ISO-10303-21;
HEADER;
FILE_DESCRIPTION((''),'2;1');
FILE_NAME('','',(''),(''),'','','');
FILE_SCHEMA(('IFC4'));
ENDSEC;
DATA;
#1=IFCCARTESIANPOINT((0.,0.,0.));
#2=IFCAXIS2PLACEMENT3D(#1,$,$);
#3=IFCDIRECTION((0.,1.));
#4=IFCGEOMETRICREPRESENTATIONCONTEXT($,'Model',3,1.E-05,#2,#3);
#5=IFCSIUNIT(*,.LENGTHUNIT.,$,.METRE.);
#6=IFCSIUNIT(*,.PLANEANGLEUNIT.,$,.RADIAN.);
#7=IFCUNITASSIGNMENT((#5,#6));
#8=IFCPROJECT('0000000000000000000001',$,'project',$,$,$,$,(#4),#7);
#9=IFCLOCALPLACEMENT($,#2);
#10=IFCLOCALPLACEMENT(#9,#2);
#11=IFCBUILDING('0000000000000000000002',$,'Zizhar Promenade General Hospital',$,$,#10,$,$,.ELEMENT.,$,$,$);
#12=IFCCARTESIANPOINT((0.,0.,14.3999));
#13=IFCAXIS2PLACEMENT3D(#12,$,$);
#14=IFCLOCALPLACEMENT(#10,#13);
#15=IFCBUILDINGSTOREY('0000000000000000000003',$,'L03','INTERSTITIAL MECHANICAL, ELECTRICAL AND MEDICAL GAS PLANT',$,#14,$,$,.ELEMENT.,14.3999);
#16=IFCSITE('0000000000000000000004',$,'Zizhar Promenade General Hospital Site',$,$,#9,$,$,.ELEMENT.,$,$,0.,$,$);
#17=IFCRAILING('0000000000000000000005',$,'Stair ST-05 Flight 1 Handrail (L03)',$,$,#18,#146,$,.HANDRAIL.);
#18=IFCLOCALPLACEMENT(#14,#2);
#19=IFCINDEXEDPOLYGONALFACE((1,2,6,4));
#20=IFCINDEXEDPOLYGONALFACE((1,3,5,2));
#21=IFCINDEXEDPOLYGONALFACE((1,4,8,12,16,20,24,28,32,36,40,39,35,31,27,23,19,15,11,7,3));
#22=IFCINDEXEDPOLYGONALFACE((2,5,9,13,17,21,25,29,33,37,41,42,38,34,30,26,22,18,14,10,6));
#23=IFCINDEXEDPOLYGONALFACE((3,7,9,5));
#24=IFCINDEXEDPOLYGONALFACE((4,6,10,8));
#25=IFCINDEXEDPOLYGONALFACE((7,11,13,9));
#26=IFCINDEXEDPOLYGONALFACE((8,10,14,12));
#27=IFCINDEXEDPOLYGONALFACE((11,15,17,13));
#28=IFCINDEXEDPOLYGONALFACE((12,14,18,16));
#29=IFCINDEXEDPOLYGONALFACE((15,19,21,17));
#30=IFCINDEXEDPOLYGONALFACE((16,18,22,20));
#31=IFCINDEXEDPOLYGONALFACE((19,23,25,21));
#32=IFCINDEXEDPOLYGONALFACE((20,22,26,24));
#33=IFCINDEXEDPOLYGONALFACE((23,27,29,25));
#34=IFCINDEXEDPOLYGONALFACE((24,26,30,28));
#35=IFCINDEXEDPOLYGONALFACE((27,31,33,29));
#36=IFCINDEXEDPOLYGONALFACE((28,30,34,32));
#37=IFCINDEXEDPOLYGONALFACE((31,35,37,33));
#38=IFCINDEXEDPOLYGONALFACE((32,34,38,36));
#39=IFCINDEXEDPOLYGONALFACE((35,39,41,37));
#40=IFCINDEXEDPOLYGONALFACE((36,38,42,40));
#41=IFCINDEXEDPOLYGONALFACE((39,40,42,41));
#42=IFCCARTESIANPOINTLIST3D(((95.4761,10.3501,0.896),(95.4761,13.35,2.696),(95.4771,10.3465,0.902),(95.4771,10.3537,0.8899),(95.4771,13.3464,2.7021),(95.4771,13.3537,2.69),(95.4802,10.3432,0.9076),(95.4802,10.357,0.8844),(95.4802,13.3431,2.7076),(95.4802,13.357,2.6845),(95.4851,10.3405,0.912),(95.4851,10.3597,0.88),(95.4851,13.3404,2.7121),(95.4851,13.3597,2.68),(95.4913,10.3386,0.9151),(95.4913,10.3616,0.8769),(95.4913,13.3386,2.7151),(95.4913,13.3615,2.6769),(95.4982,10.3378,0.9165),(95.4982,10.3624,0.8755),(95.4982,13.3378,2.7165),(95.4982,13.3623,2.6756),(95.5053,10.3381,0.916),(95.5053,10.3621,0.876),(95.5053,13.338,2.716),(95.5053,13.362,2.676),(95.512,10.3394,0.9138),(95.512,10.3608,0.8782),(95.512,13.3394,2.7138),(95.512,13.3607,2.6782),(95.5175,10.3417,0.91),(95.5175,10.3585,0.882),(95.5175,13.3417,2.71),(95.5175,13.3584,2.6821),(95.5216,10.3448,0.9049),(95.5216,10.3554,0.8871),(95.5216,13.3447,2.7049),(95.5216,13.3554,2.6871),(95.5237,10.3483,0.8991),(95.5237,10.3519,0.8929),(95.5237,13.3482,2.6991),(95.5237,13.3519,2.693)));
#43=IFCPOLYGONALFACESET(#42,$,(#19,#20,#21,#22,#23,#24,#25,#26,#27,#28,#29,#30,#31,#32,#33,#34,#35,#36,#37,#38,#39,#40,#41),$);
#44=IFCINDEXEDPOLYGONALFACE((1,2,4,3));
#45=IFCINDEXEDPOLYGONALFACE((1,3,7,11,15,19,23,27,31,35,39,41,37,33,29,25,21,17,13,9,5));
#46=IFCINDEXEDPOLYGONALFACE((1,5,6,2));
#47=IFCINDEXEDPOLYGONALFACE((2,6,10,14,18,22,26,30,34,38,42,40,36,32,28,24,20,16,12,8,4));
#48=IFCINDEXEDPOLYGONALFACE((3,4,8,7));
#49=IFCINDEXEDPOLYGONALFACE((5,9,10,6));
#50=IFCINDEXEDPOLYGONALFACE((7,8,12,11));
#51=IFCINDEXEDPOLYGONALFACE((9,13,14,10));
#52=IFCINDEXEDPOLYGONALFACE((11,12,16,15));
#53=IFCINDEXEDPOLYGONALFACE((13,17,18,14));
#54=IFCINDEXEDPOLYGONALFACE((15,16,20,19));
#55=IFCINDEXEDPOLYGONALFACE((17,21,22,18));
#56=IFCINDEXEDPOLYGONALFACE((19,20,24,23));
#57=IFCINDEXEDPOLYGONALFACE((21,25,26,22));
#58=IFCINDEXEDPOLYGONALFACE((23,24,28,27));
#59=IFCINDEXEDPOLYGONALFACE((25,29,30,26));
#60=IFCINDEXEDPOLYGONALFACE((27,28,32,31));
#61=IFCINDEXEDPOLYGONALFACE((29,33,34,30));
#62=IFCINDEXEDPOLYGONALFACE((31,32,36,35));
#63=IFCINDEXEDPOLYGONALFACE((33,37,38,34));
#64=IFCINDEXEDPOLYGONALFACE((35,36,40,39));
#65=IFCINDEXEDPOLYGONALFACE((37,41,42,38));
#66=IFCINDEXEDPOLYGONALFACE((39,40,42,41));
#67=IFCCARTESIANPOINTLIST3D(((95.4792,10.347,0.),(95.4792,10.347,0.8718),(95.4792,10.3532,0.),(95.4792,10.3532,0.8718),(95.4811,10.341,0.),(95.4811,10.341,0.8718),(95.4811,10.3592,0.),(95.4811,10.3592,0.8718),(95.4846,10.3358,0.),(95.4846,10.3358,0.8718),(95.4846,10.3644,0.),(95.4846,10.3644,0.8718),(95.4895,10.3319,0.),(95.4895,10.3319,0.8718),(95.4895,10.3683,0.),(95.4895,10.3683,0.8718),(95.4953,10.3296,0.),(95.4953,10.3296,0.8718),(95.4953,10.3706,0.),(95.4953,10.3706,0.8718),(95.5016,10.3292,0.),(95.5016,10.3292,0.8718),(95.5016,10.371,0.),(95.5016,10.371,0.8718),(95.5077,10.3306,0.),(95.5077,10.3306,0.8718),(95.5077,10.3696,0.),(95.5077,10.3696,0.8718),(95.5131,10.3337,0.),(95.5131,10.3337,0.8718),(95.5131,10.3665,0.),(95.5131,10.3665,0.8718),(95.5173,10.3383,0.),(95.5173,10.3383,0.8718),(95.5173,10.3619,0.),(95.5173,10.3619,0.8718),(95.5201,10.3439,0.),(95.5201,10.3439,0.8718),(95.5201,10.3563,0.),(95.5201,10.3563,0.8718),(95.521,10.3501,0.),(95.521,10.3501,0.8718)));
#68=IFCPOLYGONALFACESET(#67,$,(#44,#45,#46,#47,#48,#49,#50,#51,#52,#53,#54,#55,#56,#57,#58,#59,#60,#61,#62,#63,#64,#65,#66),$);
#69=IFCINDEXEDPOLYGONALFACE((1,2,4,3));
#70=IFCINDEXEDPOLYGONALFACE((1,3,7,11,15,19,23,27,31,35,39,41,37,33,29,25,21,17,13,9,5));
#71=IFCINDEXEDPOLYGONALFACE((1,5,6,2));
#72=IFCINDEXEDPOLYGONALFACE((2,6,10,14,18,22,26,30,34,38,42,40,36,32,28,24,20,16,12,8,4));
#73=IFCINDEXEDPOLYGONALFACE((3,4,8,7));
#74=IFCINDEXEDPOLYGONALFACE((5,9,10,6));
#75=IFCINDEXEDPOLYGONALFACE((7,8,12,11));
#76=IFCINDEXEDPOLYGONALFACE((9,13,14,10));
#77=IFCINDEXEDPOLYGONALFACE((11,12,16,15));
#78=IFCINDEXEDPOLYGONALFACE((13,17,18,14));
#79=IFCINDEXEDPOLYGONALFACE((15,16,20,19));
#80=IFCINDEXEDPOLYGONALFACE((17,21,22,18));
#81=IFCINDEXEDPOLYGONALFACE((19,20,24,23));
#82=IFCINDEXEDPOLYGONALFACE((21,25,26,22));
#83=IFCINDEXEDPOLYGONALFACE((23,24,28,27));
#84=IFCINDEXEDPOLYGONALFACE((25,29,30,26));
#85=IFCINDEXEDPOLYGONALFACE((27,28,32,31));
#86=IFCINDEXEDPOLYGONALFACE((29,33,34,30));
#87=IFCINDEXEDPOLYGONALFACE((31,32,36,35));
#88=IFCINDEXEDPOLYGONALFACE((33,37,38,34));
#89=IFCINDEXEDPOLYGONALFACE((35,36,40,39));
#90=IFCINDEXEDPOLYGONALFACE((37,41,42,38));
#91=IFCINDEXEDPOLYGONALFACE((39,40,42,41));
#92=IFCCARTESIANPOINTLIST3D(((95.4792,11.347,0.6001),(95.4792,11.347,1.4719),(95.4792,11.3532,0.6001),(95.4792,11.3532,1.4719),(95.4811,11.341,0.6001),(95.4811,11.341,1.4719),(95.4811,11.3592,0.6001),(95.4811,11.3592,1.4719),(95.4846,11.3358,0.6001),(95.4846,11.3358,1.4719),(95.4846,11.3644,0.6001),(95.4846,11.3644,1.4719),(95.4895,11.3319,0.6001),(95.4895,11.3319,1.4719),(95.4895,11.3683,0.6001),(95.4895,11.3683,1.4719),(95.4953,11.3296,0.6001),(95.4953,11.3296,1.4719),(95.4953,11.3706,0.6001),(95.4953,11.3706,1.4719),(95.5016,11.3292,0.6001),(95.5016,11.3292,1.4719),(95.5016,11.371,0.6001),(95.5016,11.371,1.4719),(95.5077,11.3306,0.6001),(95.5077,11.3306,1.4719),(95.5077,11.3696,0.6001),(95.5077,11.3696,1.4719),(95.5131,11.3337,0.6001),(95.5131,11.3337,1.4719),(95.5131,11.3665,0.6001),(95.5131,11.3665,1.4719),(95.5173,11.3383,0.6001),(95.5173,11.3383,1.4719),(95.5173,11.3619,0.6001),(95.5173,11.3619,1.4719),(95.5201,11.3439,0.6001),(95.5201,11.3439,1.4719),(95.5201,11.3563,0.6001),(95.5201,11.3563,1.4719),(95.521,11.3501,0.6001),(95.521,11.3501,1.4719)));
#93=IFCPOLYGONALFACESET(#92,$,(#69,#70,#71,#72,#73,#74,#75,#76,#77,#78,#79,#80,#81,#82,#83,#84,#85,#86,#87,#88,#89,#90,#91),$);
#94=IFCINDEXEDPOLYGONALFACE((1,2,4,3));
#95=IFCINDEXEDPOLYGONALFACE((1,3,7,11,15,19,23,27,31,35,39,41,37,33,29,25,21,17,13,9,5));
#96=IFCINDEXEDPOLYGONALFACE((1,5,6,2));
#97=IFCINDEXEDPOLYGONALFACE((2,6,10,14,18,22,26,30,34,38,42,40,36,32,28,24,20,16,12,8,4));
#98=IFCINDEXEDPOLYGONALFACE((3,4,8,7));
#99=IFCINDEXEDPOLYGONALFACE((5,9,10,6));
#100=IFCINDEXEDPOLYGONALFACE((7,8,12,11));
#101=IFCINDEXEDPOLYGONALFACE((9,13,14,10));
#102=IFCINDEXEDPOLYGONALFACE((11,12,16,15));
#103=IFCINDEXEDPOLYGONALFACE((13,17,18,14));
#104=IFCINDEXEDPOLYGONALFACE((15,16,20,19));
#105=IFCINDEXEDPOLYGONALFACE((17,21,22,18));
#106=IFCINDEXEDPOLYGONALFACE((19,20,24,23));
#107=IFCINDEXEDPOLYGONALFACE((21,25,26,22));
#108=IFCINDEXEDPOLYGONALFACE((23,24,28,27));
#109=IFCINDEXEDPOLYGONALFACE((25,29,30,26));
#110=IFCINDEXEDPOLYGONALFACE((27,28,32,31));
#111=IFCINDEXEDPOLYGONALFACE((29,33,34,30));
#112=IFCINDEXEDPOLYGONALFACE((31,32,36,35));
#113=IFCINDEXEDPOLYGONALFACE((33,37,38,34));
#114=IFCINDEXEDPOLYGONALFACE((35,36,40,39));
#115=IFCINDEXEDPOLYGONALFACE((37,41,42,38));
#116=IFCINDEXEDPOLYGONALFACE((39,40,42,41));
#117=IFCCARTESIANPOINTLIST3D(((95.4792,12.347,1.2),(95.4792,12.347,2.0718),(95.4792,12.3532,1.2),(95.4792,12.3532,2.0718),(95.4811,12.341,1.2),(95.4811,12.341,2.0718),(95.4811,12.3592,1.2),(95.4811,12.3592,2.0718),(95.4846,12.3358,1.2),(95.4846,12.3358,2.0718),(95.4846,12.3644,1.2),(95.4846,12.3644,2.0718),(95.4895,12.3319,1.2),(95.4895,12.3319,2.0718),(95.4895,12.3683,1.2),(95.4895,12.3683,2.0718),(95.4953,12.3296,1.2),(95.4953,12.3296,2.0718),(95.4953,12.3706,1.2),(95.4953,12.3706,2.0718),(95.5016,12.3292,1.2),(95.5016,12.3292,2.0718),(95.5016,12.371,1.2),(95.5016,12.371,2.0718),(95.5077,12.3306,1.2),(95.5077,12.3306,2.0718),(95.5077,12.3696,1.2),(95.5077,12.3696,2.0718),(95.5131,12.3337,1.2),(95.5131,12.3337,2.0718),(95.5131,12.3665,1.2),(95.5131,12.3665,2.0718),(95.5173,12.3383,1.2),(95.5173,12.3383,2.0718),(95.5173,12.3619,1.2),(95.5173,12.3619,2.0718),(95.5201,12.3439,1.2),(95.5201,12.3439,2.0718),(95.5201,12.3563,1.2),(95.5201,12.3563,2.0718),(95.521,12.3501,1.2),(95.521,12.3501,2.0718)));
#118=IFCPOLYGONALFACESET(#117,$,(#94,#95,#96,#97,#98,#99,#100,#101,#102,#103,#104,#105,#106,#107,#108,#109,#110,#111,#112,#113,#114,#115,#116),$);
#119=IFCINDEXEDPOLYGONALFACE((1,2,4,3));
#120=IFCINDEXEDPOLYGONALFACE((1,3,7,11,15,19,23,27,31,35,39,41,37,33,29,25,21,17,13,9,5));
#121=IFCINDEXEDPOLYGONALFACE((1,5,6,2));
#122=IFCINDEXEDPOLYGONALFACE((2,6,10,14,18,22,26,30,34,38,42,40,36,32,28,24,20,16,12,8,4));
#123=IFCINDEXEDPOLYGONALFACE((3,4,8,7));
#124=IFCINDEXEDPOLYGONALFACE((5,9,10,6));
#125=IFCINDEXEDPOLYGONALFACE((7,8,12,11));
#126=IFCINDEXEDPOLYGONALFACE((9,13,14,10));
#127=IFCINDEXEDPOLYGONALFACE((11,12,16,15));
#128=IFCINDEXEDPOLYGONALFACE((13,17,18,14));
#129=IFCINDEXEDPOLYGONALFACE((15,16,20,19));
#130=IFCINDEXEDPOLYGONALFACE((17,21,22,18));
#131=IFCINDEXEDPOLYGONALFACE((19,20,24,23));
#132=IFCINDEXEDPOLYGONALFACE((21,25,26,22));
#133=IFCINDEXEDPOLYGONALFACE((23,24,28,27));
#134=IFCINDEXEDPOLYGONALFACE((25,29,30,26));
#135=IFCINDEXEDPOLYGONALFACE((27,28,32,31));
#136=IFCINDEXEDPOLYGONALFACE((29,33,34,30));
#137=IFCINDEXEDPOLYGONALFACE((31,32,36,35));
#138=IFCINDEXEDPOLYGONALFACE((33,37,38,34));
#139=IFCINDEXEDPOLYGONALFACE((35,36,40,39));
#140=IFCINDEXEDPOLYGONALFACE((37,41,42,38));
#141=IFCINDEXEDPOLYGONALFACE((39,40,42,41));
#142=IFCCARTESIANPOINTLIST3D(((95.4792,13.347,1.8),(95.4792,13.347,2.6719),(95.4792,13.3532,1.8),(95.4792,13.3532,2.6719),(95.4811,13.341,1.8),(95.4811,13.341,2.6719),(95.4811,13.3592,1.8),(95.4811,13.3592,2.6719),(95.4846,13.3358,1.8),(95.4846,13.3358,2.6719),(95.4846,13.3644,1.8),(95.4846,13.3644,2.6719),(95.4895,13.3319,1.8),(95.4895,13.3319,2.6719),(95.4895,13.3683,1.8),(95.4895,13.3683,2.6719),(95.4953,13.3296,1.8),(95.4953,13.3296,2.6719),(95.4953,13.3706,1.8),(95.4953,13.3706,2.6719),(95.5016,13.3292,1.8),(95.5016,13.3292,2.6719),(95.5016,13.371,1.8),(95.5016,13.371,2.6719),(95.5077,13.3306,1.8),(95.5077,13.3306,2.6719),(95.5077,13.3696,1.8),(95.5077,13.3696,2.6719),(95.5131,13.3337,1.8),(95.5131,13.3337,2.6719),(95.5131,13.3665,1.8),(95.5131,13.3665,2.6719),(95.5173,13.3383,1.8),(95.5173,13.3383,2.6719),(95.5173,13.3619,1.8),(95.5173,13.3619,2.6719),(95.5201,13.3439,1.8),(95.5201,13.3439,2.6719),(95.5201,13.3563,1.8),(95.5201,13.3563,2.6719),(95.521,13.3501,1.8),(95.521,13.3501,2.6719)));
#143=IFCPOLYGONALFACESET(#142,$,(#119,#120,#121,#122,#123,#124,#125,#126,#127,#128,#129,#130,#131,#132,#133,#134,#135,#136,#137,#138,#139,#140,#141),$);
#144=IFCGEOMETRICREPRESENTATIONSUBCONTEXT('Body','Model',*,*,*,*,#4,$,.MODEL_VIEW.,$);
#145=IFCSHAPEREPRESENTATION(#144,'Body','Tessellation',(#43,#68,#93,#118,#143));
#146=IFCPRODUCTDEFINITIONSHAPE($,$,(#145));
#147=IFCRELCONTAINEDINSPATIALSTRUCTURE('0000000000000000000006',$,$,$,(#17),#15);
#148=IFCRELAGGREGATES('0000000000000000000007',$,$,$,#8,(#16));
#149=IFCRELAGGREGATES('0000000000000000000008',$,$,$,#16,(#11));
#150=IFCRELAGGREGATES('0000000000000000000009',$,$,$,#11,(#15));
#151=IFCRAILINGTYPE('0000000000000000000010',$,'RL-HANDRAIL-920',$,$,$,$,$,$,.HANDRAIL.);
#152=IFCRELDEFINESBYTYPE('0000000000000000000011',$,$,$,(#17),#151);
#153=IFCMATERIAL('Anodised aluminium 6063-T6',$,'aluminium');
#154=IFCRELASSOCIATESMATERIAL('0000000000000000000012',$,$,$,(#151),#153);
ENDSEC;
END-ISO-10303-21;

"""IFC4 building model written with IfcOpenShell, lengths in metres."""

from ifc_helpers import new_model, si_unit, direction, frame, origin, origin_2d, place, context, subcontext, project, spatial, circle, hollow_circle, extrude, material, material_profile, profile_set, type_object, element, save


model = new_model("IFC4")

# Units and contexts
model_context = context("Model", 3, precision=1e-05, world=origin(), true_north=direction((0.0, 1.0)))
body_context = subcontext(model_context, "Body", "Model", "MODEL_VIEW")
ifc_project = project(units=[si_unit("LENGTHUNIT", "METRE"), si_unit("PLANEANGLEUNIT", "RADIAN")], contexts=[model_context])

# Site, building, storey
site_placement = place(None, origin())
site = spatial("IfcSite", under=ifc_project, at=site_placement, Name="Zizhar Promenade General Hospital Site", CompositionType="ELEMENT", RefElevation=0.0)
building_placement = place(site_placement, origin())
building = spatial("IfcBuilding", under=site, at=building_placement, Name="Zizhar Promenade General Hospital", CompositionType="ELEMENT")
storey_placement = place(building_placement, frame((0.0, 0.0, 14.3999)))
storey = spatial("IfcBuildingStorey", under=building, at=storey_placement, Name="L03", Description="INTERSTITIAL MECHANICAL, ELECTRICAL AND MEDICAL GAS PLANT", CompositionType="ELEMENT", Elevation=14.3999)

# Railing
ifc_material_1 = material(Name="Anodised aluminium 6063-T6", Category="aluminium")
ifc_material_profile_1 = material_profile(ifc_material_1, hollow_circle(Radius=0.0698, WallThickness=0.0063, at=origin_2d()))
ifc_profile_set_1 = profile_set([ifc_material_profile_1], Name="Anodised aluminium 6063-T6")
railing_type_1 = type_object("IfcRailingType", Name="RL-HANDRAIL-920", PredefinedType="HANDRAIL", material=ifc_profile_set_1)
railing_1_placement = place(storey_placement, frame((95.5, 10.3501, 0.0)))
element("IfcRailing", 1, at=railing_1_placement, inside=storey, type_object=railing_type_1, Name="Stair ST-05 Flight 1 Handrail (L03)", PredefinedType="HANDRAIL", context=body_context, shape_type="SweptSolid", body=[
    extrude(circle(Radius=0.0239, at=origin_2d()), frame((0.0, 0.0, 0.896), z_axis=(0.0, 0.857487, 0.514506), x_axis=(-1.0, 0.0, 0.0)), (0.0, 0.0, 1.0), 3.4985),
    extrude(circle(Radius=0.021, at=origin_2d()), origin(), (0.0, 0.0, 1.0), 0.8718),
    extrude(circle(Radius=0.021, at=origin_2d()), frame((0.0, 1.0, 0.6001)), (0.0, 0.0, 1.0), 0.8718),
    extrude(circle(Radius=0.021, at=origin_2d()), frame((0.0, 2.0, 1.2)), (0.0, 0.0, 1.0), 0.8718),
    extrude(circle(Radius=0.021, at=origin_2d()), frame((0.0, 3.0, 1.8)), (0.0, 0.0, 1.0), 0.8718),
])

save(model, "model.ifc")
